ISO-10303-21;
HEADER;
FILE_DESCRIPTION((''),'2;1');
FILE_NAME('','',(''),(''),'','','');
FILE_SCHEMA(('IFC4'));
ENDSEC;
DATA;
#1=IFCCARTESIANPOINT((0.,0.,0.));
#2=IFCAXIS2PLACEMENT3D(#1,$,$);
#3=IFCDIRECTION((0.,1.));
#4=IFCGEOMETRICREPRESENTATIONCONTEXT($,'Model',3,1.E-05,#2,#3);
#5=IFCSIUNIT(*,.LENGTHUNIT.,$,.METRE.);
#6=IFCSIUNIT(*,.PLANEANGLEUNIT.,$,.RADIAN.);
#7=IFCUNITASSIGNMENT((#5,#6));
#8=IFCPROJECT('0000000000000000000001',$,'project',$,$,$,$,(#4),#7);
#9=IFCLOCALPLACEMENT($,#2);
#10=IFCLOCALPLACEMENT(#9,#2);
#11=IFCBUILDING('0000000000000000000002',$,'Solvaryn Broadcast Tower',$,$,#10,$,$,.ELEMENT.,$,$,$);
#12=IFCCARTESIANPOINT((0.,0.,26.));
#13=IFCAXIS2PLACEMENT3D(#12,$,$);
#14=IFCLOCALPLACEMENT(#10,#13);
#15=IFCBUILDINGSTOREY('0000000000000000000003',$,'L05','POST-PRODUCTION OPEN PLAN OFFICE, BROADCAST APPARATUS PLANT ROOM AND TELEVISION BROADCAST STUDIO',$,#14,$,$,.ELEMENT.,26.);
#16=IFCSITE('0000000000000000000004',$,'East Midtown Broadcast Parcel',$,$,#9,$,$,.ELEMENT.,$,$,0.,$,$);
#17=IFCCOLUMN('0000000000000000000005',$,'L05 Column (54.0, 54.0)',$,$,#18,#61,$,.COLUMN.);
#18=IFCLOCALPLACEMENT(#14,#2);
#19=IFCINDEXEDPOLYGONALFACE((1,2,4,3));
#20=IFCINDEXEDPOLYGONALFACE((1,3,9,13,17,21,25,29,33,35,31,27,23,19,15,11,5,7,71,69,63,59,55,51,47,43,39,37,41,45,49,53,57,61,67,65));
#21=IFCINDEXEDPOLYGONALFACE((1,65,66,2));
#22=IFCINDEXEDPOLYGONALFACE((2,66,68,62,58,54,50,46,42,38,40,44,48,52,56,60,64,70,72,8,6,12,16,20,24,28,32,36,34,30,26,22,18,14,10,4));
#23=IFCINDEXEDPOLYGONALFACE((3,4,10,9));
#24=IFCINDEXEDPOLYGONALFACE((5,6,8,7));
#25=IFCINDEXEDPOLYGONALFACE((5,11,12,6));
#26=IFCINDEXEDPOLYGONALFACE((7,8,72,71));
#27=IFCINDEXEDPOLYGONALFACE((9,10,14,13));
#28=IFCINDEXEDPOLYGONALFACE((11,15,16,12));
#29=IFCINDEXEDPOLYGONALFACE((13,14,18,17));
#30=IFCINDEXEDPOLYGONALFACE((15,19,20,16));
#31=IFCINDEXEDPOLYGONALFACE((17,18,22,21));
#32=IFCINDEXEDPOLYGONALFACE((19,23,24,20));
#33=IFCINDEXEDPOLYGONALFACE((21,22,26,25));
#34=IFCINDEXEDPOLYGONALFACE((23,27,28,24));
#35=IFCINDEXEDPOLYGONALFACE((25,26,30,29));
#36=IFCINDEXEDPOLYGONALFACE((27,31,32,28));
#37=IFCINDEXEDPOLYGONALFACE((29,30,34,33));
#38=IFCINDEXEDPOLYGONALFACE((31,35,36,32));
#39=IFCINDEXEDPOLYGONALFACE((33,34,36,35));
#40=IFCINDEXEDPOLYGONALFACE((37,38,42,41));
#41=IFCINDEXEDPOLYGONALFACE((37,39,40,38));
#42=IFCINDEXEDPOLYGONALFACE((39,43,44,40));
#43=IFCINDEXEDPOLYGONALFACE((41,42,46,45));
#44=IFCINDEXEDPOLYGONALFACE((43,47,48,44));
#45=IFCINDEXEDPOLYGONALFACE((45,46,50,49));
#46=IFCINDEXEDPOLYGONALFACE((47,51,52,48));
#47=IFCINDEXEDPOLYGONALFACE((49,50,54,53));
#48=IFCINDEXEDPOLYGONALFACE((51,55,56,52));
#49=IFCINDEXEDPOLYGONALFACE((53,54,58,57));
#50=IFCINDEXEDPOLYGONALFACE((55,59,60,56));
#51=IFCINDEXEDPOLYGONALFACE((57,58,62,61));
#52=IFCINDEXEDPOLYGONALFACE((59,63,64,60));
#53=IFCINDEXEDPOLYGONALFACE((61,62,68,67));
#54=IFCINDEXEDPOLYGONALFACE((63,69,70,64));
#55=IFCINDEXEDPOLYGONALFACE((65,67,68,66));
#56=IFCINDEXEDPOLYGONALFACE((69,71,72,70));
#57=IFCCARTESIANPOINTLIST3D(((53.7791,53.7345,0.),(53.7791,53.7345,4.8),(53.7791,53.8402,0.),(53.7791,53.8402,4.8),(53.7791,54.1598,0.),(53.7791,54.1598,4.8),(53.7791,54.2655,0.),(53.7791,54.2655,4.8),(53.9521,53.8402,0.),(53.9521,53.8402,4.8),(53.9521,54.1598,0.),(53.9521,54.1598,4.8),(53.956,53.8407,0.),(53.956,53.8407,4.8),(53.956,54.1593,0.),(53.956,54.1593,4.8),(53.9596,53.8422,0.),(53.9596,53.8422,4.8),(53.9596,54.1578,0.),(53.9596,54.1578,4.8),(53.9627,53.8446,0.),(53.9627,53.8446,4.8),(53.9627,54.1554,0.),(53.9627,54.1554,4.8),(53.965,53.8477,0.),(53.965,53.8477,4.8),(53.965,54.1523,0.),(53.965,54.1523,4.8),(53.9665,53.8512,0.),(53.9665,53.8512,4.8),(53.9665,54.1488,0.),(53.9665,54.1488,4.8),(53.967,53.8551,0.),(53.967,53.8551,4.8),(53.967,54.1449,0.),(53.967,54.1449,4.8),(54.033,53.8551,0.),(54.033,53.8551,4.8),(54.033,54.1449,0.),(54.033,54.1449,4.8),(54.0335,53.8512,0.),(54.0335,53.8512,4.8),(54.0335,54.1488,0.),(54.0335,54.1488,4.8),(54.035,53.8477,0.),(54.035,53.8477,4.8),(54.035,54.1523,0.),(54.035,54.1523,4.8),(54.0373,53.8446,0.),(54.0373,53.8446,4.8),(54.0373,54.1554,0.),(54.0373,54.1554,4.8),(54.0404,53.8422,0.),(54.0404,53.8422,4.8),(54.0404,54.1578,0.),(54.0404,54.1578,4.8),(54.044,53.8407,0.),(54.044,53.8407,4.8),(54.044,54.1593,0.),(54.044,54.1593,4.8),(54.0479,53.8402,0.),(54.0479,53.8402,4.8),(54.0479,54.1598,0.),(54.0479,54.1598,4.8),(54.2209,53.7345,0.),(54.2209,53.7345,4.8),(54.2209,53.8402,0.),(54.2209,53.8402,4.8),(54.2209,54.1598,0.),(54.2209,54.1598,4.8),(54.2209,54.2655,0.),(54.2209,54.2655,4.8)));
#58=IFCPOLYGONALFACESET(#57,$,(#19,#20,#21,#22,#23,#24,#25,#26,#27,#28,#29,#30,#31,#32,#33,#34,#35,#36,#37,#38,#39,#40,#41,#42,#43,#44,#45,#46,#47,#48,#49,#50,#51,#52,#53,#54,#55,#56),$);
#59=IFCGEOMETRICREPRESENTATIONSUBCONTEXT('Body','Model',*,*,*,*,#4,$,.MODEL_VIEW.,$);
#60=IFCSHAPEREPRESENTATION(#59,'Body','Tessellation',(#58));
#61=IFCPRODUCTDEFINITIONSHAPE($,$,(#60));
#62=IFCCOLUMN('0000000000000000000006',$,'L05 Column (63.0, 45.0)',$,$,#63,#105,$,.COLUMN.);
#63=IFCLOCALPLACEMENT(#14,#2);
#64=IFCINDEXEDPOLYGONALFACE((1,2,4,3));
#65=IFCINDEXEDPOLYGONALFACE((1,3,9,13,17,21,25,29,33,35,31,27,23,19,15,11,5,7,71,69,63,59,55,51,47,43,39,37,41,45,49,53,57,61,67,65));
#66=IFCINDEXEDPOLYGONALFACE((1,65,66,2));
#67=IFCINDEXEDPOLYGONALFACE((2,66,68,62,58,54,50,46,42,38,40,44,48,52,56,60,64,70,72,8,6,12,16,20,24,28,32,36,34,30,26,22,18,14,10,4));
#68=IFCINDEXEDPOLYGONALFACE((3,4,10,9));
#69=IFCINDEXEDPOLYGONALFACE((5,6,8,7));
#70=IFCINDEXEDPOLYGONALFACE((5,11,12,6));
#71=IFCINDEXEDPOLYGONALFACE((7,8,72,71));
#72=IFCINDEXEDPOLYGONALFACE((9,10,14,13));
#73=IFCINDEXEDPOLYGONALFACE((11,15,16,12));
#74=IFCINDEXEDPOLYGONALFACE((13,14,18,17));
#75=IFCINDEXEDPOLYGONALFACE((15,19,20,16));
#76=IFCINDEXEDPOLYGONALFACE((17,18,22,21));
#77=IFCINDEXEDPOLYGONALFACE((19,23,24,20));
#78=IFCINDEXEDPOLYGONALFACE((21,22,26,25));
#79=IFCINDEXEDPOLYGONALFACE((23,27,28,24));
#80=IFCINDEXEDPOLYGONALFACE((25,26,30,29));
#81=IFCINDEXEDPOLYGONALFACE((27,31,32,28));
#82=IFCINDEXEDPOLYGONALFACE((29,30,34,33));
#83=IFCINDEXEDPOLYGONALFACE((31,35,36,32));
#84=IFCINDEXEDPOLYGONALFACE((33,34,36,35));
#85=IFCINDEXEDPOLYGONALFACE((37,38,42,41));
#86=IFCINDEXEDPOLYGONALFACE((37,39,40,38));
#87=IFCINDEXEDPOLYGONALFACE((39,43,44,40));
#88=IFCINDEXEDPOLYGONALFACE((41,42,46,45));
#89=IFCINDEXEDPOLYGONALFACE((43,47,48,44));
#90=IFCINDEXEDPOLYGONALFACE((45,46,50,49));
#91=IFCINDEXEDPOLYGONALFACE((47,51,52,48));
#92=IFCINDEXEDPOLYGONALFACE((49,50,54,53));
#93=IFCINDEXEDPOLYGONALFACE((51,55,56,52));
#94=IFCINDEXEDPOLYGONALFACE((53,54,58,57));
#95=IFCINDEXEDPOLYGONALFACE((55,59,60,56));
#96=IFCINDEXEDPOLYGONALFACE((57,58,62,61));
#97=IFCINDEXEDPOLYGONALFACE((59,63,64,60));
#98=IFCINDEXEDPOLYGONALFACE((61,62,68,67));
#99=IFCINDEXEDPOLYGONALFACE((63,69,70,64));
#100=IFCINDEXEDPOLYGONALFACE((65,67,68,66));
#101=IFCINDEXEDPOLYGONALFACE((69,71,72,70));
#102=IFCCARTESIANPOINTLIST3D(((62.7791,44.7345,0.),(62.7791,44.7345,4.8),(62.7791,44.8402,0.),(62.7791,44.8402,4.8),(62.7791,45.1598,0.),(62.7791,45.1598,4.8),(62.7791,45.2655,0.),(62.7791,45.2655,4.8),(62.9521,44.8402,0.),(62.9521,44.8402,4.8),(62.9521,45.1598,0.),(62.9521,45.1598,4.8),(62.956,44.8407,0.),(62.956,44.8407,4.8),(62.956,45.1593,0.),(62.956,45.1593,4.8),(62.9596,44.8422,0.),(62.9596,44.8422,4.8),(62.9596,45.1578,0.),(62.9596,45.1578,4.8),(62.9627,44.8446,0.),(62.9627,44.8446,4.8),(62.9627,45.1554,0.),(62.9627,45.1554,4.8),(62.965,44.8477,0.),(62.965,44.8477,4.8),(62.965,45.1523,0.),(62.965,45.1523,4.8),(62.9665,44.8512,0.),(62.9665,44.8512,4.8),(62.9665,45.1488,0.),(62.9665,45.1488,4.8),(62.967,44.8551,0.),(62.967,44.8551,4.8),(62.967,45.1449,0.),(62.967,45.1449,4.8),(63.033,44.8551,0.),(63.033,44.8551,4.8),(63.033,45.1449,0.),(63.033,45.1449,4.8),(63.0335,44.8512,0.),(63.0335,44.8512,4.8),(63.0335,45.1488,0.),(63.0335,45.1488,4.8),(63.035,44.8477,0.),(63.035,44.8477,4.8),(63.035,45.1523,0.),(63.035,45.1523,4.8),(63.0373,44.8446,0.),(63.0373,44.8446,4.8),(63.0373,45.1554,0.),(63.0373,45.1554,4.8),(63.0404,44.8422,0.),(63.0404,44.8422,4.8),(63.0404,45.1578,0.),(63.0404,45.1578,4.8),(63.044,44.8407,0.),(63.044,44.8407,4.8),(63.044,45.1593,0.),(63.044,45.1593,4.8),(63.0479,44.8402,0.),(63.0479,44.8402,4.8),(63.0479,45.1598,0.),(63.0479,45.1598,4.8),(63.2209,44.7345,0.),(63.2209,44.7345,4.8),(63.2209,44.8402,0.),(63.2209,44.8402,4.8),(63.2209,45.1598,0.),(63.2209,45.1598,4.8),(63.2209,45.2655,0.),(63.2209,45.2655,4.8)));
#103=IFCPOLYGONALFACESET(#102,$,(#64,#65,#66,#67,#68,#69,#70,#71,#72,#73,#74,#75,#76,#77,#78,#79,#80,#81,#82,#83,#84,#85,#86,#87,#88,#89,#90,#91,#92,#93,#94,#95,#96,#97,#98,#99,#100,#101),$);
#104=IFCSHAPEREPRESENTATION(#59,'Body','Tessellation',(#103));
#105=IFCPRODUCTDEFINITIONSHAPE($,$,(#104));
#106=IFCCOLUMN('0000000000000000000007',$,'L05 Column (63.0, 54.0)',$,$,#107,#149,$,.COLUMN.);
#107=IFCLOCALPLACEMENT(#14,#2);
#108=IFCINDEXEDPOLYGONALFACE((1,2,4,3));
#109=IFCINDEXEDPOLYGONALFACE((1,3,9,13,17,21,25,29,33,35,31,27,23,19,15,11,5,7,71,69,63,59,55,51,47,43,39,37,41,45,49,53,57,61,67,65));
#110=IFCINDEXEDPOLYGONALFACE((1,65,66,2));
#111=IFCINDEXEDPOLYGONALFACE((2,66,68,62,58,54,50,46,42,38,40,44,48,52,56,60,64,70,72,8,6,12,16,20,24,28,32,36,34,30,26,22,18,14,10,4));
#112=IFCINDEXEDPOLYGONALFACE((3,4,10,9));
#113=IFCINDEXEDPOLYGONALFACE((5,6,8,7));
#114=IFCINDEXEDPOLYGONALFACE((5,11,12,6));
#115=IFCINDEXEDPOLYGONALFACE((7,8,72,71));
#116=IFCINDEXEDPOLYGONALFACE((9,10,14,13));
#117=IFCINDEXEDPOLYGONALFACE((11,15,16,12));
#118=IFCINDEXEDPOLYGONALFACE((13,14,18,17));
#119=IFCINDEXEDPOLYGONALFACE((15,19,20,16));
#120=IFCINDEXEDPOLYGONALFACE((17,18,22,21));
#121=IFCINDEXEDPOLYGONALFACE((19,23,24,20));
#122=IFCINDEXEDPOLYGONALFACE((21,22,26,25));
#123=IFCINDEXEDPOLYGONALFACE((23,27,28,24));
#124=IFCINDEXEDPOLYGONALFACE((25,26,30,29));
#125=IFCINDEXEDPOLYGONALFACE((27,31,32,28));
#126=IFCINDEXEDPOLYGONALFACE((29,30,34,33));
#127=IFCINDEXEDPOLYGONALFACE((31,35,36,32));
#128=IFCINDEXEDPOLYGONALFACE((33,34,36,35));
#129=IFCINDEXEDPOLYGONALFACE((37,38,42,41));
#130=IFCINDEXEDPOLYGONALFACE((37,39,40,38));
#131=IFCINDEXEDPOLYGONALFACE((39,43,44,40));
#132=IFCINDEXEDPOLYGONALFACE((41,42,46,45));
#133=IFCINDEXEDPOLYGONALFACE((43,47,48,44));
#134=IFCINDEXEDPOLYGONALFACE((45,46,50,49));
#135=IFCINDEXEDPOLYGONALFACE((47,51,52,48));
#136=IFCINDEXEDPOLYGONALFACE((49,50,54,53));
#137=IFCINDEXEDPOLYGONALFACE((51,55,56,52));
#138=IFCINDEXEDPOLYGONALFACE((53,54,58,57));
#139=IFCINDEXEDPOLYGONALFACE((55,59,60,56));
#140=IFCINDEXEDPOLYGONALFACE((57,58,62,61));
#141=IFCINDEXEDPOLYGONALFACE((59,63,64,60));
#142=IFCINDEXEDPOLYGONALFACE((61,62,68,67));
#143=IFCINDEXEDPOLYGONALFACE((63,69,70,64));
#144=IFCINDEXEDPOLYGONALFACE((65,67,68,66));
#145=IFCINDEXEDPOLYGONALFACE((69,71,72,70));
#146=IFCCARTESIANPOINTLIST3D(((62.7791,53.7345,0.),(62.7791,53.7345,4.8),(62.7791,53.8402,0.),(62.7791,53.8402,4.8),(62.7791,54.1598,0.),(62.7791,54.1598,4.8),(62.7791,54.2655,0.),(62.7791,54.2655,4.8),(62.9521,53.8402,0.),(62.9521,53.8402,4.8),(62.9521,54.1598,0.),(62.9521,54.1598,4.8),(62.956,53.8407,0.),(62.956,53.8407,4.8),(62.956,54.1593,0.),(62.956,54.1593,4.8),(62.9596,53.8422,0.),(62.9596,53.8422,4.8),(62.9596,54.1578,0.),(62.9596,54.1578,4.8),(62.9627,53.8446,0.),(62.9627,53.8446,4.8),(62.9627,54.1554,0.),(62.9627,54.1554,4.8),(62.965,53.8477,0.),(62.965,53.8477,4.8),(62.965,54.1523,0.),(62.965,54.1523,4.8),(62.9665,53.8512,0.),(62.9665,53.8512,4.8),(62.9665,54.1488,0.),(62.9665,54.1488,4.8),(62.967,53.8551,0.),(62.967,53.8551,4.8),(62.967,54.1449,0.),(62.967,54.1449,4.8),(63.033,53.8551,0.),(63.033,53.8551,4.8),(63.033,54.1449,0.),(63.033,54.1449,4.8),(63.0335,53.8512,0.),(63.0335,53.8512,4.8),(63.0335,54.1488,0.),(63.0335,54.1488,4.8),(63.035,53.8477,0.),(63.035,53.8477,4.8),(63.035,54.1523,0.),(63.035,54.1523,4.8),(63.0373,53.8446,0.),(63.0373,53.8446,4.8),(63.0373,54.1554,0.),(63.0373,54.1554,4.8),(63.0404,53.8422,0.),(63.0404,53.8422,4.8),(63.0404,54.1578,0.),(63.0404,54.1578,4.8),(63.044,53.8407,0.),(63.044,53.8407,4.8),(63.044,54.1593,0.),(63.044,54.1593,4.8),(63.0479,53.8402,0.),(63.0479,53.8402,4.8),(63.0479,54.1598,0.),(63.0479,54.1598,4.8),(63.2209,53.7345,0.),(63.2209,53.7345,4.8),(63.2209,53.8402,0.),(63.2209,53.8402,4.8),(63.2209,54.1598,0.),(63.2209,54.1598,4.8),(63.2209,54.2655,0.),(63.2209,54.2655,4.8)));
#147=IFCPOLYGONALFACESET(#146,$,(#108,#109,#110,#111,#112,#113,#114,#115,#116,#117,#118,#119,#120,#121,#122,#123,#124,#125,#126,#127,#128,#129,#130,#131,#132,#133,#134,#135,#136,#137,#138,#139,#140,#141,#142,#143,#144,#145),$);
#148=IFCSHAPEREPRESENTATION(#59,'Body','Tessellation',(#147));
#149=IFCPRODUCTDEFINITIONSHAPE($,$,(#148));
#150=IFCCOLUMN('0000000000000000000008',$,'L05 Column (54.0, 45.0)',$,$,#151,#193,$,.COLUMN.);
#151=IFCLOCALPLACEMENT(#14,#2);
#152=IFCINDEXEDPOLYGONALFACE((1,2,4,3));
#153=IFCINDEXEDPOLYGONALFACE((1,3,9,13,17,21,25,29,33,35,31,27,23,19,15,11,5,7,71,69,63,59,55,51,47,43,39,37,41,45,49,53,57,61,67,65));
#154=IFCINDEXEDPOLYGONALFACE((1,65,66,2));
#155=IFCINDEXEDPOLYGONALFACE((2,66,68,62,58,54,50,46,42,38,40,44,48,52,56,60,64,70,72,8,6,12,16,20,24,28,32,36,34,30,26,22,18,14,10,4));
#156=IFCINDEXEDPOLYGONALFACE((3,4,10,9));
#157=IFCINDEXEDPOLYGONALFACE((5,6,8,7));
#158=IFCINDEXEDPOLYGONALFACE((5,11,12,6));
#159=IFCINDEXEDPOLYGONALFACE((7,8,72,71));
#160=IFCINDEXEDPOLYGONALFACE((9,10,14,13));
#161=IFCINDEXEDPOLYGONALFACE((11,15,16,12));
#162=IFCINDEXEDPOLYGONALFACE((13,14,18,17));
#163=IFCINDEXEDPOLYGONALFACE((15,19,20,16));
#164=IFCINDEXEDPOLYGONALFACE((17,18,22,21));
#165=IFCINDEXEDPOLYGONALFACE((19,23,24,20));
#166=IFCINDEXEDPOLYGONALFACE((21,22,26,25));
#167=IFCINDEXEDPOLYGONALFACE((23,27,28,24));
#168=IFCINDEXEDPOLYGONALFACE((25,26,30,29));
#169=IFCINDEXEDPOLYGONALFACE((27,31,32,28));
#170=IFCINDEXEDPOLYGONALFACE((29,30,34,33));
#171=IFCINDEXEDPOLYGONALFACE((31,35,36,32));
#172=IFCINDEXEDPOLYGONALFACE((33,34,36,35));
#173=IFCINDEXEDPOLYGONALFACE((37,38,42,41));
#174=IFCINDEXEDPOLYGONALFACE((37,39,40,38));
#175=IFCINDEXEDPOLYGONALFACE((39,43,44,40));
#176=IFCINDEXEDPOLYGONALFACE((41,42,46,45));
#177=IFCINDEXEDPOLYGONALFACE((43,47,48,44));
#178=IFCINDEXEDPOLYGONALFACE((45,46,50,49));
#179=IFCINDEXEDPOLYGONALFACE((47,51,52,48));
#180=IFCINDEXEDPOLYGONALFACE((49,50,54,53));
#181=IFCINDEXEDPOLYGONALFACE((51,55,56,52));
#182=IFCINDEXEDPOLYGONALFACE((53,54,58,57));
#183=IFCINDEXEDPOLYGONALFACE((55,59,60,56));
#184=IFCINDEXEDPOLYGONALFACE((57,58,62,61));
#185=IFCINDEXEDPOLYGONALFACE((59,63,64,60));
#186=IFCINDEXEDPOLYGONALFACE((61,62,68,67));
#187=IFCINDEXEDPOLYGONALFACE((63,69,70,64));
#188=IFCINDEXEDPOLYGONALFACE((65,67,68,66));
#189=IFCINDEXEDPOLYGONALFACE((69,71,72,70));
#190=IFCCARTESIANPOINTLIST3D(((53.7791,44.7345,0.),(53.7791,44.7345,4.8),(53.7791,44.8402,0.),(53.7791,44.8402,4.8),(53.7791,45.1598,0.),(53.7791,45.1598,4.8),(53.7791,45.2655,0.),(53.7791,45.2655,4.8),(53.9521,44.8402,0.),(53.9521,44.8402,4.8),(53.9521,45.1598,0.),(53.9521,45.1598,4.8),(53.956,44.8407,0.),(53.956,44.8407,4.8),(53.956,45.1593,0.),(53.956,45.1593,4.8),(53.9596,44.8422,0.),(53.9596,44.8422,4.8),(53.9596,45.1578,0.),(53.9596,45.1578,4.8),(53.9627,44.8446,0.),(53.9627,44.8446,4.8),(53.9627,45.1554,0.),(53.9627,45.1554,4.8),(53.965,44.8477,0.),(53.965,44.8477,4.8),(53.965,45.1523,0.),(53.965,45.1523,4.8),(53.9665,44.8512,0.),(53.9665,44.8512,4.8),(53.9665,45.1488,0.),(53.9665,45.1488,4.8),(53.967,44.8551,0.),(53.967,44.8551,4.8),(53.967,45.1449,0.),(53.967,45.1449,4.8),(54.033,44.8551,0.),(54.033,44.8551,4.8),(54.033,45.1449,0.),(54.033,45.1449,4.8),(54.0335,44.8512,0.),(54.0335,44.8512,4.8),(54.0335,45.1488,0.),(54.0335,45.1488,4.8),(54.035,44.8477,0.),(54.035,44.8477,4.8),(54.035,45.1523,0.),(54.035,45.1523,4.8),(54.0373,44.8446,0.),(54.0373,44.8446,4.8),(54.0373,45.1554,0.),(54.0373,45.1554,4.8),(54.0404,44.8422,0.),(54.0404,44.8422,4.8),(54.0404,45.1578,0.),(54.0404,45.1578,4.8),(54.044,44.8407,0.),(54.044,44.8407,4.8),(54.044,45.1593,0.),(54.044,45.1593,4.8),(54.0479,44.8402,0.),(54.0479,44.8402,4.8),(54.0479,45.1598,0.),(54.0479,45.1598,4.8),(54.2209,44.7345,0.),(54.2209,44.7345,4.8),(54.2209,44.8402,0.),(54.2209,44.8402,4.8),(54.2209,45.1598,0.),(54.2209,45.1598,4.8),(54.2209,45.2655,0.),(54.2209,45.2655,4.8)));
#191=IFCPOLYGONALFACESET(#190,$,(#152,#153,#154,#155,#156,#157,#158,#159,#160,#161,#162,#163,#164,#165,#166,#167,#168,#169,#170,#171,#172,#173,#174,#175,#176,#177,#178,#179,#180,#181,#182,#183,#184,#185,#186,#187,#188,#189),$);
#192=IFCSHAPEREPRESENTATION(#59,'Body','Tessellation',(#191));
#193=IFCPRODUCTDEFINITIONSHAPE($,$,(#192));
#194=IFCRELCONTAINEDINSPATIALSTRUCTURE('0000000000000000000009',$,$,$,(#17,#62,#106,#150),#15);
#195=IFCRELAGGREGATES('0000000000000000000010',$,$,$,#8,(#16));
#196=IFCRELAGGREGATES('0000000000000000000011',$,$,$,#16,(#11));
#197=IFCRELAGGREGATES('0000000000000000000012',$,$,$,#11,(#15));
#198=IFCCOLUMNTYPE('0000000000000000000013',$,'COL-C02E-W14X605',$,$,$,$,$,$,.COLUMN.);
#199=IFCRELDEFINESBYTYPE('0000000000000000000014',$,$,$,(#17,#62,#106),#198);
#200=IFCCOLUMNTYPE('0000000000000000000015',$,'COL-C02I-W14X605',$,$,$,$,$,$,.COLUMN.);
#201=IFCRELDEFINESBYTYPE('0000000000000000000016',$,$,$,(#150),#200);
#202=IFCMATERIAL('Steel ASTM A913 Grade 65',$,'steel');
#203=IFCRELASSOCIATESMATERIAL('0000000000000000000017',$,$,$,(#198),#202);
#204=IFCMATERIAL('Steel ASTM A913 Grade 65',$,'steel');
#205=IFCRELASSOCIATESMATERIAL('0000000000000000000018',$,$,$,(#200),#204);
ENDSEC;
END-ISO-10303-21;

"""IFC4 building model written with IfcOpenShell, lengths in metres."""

from ifc_helpers import new_model, si_unit, direction, frame, origin, origin_2d, place, context, subcontext, project, spatial, i_section, extrude, material, material_profile, profile_set, type_object, element, save


model = new_model("IFC4")

# Units and contexts
model_context = context("Model", 3, precision=1e-05, world=origin(), true_north=direction((0.0, 1.0)))
body_context = subcontext(model_context, "Body", "Model", "MODEL_VIEW")
ifc_project = project(units=[si_unit("LENGTHUNIT", "METRE"), si_unit("PLANEANGLEUNIT", "RADIAN")], contexts=[model_context])

# Site, building, storey
site_placement = place(None, origin())
site = spatial("IfcSite", under=ifc_project, at=site_placement, Name="East Midtown Broadcast Parcel", CompositionType="ELEMENT", RefElevation=0.0)
building_placement = place(site_placement, origin())
building = spatial("IfcBuilding", under=site, at=building_placement, Name="Solvaryn Broadcast Tower", CompositionType="ELEMENT")
storey_placement = place(building_placement, frame((0.0, 0.0, 26.0)))
storey = spatial("IfcBuildingStorey", under=building, at=storey_placement, Name="L05", Description="POST-PRODUCTION OPEN PLAN OFFICE, BROADCAST APPARATUS PLANT ROOM AND TELEVISION BROADCAST STUDIO", CompositionType="ELEMENT", Elevation=26.0)

# Columns
ifc_material_1 = material(Name="Steel ASTM A913 Grade 65", Category="steel")
ifc_material_profile_1 = material_profile(ifc_material_1, i_section(OverallWidth=0.4419, OverallDepth=0.531, WebThickness=0.0659, FlangeThickness=0.1057, FilletRadius=0.0149, at=origin_2d()))
ifc_profile_set_1 = profile_set([ifc_material_profile_1], Name="Steel ASTM A913 Grade 65")
column_type_1 = type_object("IfcColumnType", Name="COL-C02E-W14X605", PredefinedType="COLUMN", material=ifc_profile_set_1)
for number, where, z_axis, x_axis, name in (
    (1, (54.0, 54.0, 0.0), (0.0, 0.0, 1.0), (1.0, 0.0, 0.0), "L05 Column (54.0, 54.0)"),
    (2, (63.0, 45.0, 0.0), (0.0, 0.0, 1.0), (1.0, 0.0, 0.0), "L05 Column (63.0, 45.0)"),
    (3, (63.0, 54.0, 0.0), (0.0, 0.0, 1.0), (1.0, 0.0, 0.0), "L05 Column (63.0, 54.0)"),
):
    element("IfcColumn", number, at=place(storey_placement, frame(where, z_axis=z_axis, x_axis=x_axis)), inside=storey, type_object=column_type_1, Name=name, PredefinedType="COLUMN", context=body_context, shape_type="SweptSolid", body=[
        extrude(i_section(OverallWidth=0.4419, OverallDepth=0.531, WebThickness=0.0659, FlangeThickness=0.1057, FilletRadius=0.0149, at=origin_2d()), origin(), (0.0, 0.0, 1.0), 4.8),
    ])
ifc_material_2 = material(Name="Steel ASTM A913 Grade 65", Category="steel")
ifc_material_profile_2 = material_profile(ifc_material_2, i_section(OverallWidth=0.4419, OverallDepth=0.531, WebThickness=0.0659, FlangeThickness=0.1057, FilletRadius=0.0149, at=origin_2d()))
ifc_profile_set_2 = profile_set([ifc_material_profile_2], Name="Steel ASTM A913 Grade 65")
column_type_2 = type_object("IfcColumnType", Name="COL-C02I-W14X605", PredefinedType="COLUMN", material=ifc_profile_set_2)
column_placement = place(storey_placement, frame((54.0, 45.0, 0.0), z_axis=(0.0, 0.0, 1.0), x_axis=(1.0, 0.0, 0.0)))
element("IfcColumn", 4, at=column_placement, inside=storey, type_object=column_type_2, Name="L05 Column (54.0, 45.0)", PredefinedType="COLUMN", context=body_context, shape_type="SweptSolid", body=[
    extrude(i_section(OverallWidth=0.4419, OverallDepth=0.531, WebThickness=0.0659, FlangeThickness=0.1057, FilletRadius=0.0149, at=origin_2d()), origin(), (0.0, 0.0, 1.0), 4.8),
])

save(model, "model.ifc")
